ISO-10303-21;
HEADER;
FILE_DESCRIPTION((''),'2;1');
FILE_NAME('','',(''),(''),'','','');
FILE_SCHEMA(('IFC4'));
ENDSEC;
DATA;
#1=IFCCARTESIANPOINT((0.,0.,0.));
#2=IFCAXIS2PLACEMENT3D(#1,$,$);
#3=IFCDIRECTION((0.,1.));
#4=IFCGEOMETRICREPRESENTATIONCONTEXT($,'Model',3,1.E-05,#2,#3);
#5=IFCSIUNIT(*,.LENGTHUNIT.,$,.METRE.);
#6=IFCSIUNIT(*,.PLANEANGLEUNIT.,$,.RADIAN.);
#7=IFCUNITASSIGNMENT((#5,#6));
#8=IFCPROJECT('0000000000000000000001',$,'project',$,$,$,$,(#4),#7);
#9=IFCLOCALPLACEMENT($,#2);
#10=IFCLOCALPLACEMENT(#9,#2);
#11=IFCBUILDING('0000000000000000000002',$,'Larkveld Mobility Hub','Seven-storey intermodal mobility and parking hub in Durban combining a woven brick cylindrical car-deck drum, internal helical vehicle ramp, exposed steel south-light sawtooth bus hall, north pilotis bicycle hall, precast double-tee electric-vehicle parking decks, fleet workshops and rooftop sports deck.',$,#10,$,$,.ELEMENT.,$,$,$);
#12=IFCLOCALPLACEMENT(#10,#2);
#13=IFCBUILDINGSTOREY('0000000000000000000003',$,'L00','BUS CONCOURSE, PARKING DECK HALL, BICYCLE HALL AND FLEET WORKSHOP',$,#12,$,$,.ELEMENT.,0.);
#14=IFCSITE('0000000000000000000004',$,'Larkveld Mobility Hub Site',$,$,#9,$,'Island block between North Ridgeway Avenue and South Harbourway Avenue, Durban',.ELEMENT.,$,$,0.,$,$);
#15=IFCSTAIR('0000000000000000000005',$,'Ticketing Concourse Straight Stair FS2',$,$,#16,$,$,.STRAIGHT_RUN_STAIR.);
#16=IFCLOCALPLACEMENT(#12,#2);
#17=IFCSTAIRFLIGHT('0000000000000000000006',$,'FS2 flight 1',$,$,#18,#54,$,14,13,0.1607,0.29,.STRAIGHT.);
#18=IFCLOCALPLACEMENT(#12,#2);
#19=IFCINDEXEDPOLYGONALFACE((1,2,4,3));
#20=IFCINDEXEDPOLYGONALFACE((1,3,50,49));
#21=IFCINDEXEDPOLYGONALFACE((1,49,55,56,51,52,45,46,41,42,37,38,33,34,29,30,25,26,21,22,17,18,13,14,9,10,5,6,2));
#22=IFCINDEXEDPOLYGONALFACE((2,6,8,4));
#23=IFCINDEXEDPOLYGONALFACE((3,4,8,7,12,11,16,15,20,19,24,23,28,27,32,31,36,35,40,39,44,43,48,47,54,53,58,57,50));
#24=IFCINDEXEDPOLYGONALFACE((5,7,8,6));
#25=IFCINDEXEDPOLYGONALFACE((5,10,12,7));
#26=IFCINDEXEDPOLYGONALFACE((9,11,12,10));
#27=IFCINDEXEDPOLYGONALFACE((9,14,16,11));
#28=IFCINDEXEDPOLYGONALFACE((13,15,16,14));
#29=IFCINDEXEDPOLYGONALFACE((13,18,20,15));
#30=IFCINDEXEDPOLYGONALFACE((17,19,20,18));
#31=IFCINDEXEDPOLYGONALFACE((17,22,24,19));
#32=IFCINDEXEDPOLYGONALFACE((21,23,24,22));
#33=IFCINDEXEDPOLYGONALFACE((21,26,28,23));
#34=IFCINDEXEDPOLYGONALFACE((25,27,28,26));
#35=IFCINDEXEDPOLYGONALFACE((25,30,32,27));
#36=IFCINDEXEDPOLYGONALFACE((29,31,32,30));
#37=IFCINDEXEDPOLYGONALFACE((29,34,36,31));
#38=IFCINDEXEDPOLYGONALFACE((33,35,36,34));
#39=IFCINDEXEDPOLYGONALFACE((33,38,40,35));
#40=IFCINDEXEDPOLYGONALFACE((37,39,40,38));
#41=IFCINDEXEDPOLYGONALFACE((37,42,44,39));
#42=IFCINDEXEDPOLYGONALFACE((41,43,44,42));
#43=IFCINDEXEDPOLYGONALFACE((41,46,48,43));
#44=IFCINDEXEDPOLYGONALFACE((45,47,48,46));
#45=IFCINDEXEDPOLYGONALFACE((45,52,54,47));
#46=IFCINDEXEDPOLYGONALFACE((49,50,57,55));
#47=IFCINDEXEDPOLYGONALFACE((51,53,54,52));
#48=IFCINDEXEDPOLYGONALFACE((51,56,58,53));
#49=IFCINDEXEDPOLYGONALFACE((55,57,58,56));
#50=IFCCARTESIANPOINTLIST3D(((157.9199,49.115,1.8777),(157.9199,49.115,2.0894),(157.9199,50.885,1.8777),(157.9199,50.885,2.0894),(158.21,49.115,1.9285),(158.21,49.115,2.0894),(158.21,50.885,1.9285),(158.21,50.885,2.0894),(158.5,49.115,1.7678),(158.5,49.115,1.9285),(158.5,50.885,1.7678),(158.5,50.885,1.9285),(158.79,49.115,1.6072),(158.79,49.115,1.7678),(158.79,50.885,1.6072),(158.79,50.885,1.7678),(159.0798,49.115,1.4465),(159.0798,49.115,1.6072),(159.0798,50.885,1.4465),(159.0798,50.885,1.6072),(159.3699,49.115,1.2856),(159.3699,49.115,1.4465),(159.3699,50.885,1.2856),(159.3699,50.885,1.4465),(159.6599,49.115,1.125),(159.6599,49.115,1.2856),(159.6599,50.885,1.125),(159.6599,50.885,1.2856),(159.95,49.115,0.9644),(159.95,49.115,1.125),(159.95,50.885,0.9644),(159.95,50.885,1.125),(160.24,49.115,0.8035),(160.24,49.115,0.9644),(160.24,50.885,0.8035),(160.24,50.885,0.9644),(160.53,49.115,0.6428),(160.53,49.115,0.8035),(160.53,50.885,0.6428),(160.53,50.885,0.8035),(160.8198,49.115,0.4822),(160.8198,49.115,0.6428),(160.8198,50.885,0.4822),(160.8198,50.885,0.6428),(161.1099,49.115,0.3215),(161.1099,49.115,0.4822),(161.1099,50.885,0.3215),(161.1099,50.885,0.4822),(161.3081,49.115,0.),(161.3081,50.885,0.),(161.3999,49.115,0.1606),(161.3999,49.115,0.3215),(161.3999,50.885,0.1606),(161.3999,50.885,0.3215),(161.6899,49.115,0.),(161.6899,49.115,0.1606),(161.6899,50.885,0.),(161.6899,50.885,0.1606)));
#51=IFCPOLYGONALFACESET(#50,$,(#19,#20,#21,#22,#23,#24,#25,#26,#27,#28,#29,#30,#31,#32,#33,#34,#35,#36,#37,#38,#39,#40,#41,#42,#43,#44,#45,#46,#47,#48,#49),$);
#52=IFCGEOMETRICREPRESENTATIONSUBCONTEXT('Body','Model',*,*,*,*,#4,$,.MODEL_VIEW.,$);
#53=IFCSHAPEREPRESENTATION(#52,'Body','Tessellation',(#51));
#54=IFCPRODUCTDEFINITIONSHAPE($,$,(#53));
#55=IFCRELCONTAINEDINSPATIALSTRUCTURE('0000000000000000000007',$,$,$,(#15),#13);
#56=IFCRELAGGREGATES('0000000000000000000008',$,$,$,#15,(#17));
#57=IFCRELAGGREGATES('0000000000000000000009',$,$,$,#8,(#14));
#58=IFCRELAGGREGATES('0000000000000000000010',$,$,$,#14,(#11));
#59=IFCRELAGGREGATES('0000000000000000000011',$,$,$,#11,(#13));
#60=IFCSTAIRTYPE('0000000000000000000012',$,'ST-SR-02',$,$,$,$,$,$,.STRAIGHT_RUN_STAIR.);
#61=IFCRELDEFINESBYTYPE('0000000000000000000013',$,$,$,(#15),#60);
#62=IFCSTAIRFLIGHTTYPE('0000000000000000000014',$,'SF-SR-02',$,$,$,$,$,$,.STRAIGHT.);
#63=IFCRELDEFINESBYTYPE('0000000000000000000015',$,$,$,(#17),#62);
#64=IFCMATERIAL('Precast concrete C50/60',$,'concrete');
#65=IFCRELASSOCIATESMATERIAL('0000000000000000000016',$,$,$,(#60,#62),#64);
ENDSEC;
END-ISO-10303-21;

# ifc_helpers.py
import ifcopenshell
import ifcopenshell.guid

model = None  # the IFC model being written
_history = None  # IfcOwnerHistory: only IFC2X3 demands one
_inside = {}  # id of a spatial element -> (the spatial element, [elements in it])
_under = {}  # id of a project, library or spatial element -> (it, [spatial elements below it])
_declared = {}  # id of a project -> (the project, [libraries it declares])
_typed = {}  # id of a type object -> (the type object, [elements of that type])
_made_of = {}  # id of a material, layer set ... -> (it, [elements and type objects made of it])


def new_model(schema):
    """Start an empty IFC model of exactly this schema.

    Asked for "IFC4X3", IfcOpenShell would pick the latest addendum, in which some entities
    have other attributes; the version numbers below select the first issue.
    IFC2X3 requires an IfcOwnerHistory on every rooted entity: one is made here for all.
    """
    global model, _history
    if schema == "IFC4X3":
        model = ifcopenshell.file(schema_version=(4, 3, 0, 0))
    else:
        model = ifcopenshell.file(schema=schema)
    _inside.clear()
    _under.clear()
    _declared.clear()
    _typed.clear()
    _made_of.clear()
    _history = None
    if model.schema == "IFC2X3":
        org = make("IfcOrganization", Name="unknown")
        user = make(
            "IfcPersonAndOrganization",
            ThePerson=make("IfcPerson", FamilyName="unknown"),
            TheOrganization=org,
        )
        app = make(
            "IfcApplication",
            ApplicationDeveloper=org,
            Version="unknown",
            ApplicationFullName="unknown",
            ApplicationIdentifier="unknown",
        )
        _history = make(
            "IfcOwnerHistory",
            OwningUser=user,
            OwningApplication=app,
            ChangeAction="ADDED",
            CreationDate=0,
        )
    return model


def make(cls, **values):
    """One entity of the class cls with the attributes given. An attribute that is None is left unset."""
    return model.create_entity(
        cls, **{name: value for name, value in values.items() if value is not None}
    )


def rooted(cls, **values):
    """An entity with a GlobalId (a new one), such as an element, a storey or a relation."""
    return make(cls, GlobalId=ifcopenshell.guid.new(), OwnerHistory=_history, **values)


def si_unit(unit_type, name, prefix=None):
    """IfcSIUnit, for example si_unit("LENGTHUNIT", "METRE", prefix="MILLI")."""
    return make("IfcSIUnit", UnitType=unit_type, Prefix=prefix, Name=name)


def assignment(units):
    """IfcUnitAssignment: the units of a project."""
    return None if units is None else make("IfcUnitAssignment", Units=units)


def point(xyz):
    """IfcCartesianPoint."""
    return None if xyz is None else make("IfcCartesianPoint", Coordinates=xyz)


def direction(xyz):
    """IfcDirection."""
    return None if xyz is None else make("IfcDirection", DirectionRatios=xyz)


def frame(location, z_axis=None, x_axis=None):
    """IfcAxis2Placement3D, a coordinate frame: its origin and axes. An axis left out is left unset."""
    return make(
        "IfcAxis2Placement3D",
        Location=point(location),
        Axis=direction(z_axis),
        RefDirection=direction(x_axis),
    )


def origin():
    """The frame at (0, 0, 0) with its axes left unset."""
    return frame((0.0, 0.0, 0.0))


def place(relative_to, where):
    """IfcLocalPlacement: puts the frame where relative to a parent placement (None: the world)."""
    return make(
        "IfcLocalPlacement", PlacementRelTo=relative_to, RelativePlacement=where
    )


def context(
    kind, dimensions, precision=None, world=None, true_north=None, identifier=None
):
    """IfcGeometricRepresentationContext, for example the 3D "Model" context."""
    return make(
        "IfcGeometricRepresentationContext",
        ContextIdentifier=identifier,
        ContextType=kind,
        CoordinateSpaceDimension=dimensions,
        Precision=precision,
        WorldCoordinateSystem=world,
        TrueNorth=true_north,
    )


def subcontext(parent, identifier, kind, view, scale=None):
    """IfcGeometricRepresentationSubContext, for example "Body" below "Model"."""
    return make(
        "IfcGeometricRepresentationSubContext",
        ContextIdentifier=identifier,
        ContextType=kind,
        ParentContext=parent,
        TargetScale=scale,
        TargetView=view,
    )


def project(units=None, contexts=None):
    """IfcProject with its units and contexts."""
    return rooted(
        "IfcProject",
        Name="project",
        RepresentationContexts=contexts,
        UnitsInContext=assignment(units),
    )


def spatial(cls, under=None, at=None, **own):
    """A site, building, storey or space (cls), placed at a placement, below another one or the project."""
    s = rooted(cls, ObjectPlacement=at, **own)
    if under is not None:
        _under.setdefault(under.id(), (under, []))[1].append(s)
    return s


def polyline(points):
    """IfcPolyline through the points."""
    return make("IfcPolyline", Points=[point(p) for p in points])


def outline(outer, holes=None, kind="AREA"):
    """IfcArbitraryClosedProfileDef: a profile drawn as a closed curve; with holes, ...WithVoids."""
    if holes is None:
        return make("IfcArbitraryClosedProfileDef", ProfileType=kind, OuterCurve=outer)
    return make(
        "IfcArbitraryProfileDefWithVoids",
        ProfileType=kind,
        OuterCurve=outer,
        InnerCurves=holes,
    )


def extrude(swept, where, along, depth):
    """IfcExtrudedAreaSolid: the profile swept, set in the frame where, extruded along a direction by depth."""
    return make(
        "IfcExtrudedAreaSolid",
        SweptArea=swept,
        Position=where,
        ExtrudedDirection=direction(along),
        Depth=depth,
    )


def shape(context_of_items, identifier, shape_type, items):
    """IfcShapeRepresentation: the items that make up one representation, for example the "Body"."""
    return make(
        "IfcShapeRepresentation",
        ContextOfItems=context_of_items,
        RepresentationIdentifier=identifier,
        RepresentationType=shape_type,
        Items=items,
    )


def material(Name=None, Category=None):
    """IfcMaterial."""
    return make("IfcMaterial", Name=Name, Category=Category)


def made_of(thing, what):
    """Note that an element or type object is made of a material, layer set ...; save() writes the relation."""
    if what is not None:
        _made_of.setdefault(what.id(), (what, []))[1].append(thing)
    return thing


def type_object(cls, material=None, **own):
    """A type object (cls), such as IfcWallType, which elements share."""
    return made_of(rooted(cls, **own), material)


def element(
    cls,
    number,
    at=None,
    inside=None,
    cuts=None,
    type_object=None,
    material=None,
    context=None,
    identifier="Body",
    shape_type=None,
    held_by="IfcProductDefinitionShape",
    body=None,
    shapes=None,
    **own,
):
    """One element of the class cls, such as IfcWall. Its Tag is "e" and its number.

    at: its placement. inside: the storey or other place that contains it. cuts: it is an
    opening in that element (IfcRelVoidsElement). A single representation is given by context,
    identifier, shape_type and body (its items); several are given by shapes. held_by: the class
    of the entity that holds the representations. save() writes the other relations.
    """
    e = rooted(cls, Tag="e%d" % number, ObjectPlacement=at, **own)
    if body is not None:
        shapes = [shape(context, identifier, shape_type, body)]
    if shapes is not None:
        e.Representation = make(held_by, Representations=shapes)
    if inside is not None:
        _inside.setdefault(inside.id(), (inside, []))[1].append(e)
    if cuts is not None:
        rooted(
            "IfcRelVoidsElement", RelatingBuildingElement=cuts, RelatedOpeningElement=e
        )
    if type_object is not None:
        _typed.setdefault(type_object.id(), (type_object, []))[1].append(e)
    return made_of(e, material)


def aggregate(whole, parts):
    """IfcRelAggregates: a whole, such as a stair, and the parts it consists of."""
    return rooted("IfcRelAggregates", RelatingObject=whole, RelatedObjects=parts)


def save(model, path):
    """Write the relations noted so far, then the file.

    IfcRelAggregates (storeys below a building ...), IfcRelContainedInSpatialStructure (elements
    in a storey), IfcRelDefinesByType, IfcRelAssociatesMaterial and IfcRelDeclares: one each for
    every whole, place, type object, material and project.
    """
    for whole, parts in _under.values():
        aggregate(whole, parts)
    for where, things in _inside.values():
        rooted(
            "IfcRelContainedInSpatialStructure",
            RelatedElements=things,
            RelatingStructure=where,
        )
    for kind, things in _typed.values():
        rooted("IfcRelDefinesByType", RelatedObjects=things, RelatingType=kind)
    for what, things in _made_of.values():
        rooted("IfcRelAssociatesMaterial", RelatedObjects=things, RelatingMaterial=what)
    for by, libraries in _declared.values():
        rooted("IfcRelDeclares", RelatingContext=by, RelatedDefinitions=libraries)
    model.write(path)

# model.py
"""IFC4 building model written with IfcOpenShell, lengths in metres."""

from ifc_helpers import new_model, si_unit, direction, frame, origin, place, context, subcontext, project, spatial, polyline, outline, extrude, material, type_object, element, aggregate, save


model = new_model("IFC4")

# Units and contexts
model_context = context("Model", 3, precision=1e-05, world=origin(), true_north=direction((0.0, 1.0)))
body_context = subcontext(model_context, "Body", "Model", "MODEL_VIEW")
ifc_project = project(units=[si_unit("LENGTHUNIT", "METRE"), si_unit("PLANEANGLEUNIT", "RADIAN")], contexts=[model_context])

# Site, building, storey
site_placement = place(None, origin())
site = spatial("IfcSite", under=ifc_project, at=site_placement, Name="Larkveld Mobility Hub Site", LongName="Island block between North Ridgeway Avenue and South Harbourway Avenue, Durban", CompositionType="ELEMENT", RefElevation=0.0)
building_placement = place(site_placement, origin())
building = spatial("IfcBuilding", under=site, at=building_placement, Name="Larkveld Mobility Hub", Description="Seven-storey intermodal mobility and parking hub in Durban combining a woven brick cylindrical car-deck drum, internal helical vehicle ramp, exposed steel south-light sawtooth bus hall, north pilotis bicycle hall, precast double-tee electric-vehicle parking decks, fleet workshops and rooftop sports deck.", CompositionType="ELEMENT")
storey_placement = place(building_placement, origin())
storey = spatial("IfcBuildingStorey", under=building, at=storey_placement, Name="L00", Description="BUS CONCOURSE, PARKING DECK HALL, BICYCLE HALL AND FLEET WORKSHOP", CompositionType="ELEMENT", Elevation=0.0)

# Stair, stair flight
ifc_material_1 = material(Name="Precast concrete C50/60", Category="concrete")
stair_type_1 = type_object("IfcStairType", Name="ST-SR-02", PredefinedType="STRAIGHT_RUN_STAIR", material=ifc_material_1)
stair_1_placement = place(storey_placement, origin())
stair_1 = element("IfcStair", 1, at=stair_1_placement, inside=storey, type_object=stair_type_1, Name="Ticketing Concourse Straight Stair FS2", PredefinedType="STRAIGHT_RUN_STAIR")
stair_flight_type_1 = type_object("IfcStairFlightType", Name="SF-SR-02", PredefinedType="STRAIGHT", material=ifc_material_1)
stair_flight_1_placement = place(storey_placement, frame((161.6899, 50.0, 0.0), z_axis=(0.0, 0.0, 1.0), x_axis=(-1.0, 0.0, 0.0)))
stair_flight_1 = element("IfcStairFlight", 2, at=stair_flight_1_placement, type_object=stair_flight_type_1, Name="FS2 flight 1", NumberOfRisers=14, NumberOfTreads=13, PredefinedType="STRAIGHT", RiserHeight=0.1607, TreadLength=0.29, context=body_context, shape_type="SweptSolid", body=[
    extrude(outline(polyline([(0.0, 0.0), (0.0, 0.1606), (0.29, 0.1606), (0.29, 0.3215), (0.5801, 0.3215), (0.5801, 0.4822), (0.8701, 0.4822), (0.8701, 0.6428), (1.1599, 0.6428), (1.1599, 0.8035), (1.45, 0.8035), (1.45, 0.9644), (1.74, 0.9644), (1.74, 1.125), (2.03, 1.125), (2.03, 1.2856), (2.3201, 1.2856), (2.3201, 1.4465), (2.6101, 1.4465), (2.6101, 1.6072), (2.8999, 1.6072), (2.8999, 1.7678), (3.1899, 1.7678), (3.1899, 1.9285), (3.48, 1.9285), (3.48, 2.0894), (3.77, 2.0894), (3.77, 2.25), (3.77, 1.8777), (0.3818, 0.0), (0.0, 0.0)])), frame((0.0, 0.885, 0.0), z_axis=(0.0, -1.0, 0.0), x_axis=(1.0, 0.0, 0.0)), (0.0, 0.0, 1.0), 1.77),
])
aggregate(stair_1, [stair_flight_1])

save(model, "model.ifc")
